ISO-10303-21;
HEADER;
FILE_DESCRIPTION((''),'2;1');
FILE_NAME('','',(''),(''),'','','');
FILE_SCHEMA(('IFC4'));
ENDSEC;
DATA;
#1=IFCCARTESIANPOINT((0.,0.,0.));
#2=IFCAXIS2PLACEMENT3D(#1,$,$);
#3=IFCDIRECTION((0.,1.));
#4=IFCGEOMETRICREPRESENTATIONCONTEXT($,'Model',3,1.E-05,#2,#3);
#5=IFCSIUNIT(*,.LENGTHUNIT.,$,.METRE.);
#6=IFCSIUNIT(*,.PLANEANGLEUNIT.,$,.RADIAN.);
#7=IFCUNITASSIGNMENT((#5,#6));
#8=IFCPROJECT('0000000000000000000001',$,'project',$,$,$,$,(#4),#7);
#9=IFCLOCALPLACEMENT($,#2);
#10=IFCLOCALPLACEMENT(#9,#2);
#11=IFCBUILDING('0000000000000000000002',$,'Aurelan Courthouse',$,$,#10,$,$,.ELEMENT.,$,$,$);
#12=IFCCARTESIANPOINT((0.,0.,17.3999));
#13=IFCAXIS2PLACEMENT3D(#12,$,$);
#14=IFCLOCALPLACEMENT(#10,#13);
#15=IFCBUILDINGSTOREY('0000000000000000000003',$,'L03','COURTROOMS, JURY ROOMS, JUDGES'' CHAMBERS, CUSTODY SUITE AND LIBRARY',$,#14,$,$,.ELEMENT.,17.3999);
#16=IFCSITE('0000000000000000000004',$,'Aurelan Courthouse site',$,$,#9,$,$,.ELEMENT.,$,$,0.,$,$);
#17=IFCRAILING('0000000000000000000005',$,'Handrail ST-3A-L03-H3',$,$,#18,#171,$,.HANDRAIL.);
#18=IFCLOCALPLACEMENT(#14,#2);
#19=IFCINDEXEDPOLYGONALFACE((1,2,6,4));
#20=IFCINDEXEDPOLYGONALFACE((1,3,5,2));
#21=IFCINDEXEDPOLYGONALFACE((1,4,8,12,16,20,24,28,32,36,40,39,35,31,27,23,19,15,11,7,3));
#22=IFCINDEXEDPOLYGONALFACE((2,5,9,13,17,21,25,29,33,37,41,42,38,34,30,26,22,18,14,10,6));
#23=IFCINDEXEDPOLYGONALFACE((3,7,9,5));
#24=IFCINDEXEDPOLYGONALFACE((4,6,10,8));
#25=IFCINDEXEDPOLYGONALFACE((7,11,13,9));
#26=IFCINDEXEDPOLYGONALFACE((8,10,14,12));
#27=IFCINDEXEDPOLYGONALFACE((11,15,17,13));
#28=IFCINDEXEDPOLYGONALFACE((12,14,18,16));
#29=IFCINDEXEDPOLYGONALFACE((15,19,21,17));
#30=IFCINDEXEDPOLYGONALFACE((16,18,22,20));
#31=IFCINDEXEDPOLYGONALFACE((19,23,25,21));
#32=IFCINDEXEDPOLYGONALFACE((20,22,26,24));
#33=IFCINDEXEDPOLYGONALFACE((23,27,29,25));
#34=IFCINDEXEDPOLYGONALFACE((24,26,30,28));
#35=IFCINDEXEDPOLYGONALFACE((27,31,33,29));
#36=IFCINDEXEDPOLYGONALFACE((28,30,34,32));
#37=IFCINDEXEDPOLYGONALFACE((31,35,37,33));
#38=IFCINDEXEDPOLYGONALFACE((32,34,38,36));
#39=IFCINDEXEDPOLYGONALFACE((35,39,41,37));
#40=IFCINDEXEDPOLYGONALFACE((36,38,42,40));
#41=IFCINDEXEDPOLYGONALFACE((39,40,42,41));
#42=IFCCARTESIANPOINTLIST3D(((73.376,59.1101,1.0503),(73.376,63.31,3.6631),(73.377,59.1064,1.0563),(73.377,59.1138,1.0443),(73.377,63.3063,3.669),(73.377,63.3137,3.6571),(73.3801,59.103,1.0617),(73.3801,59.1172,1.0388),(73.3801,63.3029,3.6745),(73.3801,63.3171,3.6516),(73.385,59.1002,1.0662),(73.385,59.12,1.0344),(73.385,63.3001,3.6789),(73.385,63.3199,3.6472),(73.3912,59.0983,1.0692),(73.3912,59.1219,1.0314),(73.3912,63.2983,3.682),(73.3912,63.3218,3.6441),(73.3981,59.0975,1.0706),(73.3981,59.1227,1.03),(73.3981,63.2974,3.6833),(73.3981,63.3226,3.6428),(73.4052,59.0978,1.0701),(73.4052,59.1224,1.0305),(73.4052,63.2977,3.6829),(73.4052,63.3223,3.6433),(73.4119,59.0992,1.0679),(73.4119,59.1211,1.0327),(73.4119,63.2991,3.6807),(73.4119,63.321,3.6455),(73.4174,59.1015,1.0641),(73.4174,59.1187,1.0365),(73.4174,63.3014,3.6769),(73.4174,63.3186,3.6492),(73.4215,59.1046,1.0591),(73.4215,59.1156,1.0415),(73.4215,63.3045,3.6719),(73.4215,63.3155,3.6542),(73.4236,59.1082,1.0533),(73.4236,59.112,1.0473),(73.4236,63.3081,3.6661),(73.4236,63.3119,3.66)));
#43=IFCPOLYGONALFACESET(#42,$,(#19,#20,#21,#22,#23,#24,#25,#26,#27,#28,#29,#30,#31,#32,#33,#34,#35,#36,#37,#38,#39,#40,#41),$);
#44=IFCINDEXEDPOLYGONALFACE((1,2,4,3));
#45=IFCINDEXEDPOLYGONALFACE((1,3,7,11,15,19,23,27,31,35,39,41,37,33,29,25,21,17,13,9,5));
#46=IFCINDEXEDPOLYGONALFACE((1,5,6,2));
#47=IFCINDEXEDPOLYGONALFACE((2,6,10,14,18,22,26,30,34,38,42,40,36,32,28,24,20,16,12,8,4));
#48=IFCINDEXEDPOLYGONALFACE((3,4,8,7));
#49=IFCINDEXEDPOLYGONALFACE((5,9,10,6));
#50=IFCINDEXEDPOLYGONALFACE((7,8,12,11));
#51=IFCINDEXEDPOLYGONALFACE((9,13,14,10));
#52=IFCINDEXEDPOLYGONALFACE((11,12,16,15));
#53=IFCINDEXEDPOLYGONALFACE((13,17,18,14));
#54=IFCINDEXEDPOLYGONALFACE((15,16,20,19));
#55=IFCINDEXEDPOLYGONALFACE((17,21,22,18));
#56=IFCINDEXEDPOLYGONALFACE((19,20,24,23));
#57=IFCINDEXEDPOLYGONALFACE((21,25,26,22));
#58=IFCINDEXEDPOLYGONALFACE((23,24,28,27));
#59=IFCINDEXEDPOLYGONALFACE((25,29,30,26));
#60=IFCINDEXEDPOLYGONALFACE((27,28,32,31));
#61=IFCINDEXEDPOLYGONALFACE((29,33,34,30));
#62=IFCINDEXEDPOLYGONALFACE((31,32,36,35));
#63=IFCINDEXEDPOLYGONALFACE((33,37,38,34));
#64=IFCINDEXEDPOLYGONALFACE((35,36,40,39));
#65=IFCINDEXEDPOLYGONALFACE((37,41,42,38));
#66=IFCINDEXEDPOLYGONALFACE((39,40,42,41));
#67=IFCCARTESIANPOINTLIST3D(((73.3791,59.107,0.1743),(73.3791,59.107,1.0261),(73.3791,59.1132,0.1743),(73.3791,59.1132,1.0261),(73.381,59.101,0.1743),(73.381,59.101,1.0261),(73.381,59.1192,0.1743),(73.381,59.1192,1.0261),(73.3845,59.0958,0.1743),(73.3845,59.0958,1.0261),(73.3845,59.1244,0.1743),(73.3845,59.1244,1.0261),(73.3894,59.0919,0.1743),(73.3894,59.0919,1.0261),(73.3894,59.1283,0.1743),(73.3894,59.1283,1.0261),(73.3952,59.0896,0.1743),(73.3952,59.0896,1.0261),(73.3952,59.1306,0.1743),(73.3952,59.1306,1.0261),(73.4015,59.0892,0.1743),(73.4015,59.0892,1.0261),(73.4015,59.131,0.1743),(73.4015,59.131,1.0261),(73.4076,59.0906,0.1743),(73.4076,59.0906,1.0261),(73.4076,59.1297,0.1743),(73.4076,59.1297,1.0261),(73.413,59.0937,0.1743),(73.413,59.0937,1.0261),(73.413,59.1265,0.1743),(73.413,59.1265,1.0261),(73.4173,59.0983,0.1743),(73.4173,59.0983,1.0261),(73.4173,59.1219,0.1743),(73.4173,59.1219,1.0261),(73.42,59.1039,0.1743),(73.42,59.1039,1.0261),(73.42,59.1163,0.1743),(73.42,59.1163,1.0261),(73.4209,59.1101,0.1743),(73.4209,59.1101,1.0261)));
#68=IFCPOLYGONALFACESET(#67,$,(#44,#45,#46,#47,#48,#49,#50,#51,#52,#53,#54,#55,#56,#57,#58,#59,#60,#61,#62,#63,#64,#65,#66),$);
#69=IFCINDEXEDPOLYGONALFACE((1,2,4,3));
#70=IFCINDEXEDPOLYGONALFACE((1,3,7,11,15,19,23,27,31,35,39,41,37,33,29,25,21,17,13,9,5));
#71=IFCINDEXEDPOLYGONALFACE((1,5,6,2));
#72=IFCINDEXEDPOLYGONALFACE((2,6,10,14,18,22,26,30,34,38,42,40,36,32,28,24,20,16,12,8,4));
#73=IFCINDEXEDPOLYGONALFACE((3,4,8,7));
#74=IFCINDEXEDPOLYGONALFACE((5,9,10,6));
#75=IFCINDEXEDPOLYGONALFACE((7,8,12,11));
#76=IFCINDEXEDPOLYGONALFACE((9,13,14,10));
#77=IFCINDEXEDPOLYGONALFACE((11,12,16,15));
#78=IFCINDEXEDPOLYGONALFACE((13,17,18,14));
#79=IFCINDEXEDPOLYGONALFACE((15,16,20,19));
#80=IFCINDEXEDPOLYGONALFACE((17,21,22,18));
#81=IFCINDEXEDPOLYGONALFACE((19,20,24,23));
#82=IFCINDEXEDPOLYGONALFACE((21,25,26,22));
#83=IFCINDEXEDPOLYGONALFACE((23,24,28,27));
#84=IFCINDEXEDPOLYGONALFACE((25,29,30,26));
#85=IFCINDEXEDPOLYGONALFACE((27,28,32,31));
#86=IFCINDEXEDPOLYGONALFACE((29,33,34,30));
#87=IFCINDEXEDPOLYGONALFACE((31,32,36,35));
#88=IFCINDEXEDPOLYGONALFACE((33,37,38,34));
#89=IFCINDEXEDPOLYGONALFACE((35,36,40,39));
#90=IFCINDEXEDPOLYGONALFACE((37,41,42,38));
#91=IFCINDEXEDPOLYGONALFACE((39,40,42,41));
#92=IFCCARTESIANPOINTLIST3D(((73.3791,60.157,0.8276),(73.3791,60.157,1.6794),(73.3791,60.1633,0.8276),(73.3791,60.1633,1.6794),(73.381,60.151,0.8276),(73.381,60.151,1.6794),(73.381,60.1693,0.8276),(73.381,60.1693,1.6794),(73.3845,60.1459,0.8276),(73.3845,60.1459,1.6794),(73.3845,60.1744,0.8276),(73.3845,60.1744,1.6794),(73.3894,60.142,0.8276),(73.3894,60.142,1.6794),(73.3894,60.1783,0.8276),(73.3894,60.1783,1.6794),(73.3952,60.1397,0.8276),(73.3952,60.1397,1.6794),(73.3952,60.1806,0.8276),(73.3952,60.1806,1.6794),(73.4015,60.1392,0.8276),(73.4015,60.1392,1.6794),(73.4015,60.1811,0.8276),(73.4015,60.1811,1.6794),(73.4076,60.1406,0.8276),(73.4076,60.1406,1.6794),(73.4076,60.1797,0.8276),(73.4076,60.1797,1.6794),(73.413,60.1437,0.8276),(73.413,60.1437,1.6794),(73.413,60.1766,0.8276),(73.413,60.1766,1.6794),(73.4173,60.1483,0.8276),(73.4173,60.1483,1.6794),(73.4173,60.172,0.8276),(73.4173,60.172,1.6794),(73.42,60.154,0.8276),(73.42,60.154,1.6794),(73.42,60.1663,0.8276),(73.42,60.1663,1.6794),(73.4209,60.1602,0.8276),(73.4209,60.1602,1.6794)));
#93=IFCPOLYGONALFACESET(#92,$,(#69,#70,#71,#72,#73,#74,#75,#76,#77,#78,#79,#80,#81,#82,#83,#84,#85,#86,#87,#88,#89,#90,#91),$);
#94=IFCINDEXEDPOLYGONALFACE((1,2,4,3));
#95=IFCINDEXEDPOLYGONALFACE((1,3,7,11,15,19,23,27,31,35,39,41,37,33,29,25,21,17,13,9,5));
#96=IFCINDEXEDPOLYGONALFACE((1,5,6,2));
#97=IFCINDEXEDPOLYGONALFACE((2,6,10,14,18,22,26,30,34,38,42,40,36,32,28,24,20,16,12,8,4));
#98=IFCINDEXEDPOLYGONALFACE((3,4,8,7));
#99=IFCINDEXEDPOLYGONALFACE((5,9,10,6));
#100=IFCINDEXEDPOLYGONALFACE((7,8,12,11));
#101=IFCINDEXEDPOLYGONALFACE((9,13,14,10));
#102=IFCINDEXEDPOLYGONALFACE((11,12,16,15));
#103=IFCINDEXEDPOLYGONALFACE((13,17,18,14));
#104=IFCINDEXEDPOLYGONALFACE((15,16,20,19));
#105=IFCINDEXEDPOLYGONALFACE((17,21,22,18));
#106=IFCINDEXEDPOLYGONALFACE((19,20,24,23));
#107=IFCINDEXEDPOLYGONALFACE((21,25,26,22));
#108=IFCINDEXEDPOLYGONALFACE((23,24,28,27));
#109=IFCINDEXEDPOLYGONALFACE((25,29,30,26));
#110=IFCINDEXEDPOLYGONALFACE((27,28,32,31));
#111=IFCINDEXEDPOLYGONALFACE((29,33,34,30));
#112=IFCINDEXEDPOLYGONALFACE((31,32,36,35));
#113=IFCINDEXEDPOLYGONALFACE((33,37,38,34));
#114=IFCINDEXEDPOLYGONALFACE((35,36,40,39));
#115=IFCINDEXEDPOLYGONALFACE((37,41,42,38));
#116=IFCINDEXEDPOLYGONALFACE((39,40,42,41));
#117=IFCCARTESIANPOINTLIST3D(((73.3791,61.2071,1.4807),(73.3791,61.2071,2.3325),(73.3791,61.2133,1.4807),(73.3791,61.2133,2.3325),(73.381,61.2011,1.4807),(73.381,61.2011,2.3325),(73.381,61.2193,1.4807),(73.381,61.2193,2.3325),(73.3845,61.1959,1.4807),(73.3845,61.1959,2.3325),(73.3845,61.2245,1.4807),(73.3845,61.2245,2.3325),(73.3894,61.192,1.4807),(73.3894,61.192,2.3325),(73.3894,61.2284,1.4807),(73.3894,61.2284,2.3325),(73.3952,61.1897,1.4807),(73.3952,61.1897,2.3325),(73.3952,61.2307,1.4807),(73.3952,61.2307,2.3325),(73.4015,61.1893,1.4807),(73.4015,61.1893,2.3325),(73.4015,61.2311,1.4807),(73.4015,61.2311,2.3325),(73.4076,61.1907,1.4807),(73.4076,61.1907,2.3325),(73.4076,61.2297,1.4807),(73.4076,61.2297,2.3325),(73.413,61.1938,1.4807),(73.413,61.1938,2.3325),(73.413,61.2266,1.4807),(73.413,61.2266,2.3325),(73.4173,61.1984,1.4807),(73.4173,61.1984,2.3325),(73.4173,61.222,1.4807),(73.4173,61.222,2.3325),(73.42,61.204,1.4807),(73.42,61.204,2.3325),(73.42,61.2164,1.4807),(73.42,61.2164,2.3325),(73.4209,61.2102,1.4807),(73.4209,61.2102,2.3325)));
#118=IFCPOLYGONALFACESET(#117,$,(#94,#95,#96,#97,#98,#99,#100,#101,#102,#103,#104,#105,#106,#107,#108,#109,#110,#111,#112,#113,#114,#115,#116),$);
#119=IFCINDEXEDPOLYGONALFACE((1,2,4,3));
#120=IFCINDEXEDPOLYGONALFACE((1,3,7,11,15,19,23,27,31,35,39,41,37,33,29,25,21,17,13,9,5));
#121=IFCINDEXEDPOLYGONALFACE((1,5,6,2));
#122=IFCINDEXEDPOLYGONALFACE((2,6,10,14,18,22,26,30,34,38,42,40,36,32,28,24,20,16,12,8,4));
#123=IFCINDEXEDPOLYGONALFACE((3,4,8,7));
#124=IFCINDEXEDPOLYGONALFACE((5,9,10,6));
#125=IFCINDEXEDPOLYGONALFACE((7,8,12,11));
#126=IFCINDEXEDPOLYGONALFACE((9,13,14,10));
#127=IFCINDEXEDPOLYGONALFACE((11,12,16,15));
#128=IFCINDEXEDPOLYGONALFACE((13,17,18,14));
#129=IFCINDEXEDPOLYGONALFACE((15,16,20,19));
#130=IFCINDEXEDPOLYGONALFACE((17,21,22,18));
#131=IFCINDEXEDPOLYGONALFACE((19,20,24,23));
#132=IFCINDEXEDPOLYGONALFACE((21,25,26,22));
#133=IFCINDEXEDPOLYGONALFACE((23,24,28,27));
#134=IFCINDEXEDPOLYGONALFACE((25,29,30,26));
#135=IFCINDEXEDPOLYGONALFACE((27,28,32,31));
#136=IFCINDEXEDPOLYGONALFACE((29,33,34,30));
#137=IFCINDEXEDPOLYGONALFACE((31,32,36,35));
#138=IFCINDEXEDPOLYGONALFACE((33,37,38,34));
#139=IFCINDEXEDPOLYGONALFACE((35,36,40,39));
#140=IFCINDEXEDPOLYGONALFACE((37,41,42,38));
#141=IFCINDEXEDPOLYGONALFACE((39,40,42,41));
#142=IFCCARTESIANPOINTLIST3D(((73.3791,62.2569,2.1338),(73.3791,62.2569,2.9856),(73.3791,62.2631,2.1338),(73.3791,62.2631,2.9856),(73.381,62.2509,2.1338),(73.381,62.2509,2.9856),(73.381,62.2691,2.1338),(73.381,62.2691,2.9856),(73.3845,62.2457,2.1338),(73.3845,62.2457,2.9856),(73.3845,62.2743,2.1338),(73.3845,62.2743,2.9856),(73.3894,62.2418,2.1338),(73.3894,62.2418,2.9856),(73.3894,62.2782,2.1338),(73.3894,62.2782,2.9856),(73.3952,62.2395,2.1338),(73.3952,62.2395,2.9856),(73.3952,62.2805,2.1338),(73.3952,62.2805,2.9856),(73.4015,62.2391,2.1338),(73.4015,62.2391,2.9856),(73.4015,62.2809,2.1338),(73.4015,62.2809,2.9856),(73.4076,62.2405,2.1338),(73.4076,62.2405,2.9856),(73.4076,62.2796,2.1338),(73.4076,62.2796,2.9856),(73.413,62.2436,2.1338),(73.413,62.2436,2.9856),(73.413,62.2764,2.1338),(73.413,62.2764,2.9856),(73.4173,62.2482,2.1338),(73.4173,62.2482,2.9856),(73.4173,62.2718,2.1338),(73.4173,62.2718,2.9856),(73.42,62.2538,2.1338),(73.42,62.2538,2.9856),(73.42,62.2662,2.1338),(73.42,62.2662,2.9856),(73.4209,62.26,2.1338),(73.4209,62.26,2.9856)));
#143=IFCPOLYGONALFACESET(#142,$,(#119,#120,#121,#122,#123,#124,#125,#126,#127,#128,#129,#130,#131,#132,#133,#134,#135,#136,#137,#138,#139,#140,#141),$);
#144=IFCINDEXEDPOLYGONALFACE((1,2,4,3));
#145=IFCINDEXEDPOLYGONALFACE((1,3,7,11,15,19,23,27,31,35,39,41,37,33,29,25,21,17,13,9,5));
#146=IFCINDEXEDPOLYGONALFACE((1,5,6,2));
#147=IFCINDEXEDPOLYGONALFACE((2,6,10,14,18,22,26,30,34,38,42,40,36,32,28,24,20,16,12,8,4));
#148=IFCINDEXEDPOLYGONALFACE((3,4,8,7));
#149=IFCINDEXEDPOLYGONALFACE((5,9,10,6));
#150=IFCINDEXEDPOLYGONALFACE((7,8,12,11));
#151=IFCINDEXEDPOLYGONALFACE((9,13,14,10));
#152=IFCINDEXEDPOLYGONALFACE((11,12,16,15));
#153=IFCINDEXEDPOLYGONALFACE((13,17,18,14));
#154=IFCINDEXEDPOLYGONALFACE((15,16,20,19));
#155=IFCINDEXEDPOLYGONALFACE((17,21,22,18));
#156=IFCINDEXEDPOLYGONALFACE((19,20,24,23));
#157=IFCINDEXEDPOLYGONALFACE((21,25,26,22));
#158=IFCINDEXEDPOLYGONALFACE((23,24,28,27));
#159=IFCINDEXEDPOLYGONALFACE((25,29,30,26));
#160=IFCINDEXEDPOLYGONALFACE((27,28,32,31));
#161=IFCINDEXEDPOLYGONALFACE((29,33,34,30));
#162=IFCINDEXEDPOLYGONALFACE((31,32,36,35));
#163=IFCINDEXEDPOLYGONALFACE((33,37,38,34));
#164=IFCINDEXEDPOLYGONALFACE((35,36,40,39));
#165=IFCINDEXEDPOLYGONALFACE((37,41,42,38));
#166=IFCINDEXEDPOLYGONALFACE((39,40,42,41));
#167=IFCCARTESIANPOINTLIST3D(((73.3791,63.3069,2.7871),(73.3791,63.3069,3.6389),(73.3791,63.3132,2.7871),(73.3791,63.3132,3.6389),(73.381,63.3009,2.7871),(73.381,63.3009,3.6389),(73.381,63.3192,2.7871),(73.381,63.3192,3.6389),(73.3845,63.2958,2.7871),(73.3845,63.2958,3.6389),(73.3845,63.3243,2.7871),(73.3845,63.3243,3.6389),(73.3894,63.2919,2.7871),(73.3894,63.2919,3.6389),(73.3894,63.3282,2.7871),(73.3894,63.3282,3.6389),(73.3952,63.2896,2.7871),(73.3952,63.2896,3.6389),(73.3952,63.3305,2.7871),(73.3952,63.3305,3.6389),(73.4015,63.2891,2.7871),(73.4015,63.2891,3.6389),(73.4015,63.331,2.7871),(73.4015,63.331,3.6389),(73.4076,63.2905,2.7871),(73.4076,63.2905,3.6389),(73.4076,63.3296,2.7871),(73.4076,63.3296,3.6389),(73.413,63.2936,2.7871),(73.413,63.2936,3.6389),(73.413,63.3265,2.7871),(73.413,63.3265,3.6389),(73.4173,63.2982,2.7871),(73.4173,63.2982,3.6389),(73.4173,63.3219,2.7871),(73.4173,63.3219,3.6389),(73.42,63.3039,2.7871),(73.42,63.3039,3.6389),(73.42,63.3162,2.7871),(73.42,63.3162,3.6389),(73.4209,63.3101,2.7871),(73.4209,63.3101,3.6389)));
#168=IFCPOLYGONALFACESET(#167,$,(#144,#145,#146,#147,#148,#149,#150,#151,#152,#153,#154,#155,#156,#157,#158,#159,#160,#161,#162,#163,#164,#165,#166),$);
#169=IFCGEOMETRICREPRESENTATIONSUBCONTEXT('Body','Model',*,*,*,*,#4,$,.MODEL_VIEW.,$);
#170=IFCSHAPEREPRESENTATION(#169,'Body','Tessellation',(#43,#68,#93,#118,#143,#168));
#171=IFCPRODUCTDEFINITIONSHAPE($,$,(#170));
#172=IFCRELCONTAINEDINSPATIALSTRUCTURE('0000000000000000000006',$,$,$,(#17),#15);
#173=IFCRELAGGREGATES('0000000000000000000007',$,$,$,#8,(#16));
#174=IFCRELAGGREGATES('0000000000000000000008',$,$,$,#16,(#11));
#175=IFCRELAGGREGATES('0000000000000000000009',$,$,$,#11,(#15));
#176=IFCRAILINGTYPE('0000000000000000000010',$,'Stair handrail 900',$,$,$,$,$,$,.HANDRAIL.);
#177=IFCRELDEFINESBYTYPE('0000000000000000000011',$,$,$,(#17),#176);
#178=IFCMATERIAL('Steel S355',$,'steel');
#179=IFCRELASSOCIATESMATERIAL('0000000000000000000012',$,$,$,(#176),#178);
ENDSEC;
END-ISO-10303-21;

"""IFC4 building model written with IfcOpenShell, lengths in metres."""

from ifc_helpers import new_model, si_unit, direction, frame, origin, origin_2d, place, context, subcontext, project, spatial, circle, extrude, material, type_object, element, save


model = new_model("IFC4")

# Units and contexts
model_context = context("Model", 3, precision=1e-05, world=origin(), true_north=direction((0.0, 1.0)))
body_context = subcontext(model_context, "Body", "Model", "MODEL_VIEW")
ifc_project = project(units=[si_unit("LENGTHUNIT", "METRE"), si_unit("PLANEANGLEUNIT", "RADIAN")], contexts=[model_context])

# Site, building, storey
site_placement = place(None, origin())
site = spatial("IfcSite", under=ifc_project, at=site_placement, Name="Aurelan Courthouse site", CompositionType="ELEMENT", RefElevation=0.0)
building_placement = place(site_placement, origin())
building = spatial("IfcBuilding", under=site, at=building_placement, Name="Aurelan Courthouse", CompositionType="ELEMENT")
storey_placement = place(building_placement, frame((0.0, 0.0, 17.3999)))
storey = spatial("IfcBuildingStorey", under=building, at=storey_placement, Name="L03", Description="COURTROOMS, JURY ROOMS, JUDGES' CHAMBERS, CUSTODY SUITE AND LIBRARY", CompositionType="ELEMENT", Elevation=17.3999)

# Railing
ifc_material_1 = material(Name="Steel S355", Category="steel")
railing_type_1 = type_object("IfcRailingType", Name="Stair handrail 900", PredefinedType="HANDRAIL", material=ifc_material_1)
for number, where, name in (
    (1, (73.3999, 59.1101, 0.1743), "Handrail ST-3A-L03-H3"),
):
    element("IfcRailing", number, at=place(storey_placement, frame(where)), inside=storey, type_object=railing_type_1, Name=name, PredefinedType="HANDRAIL", context=body_context, shape_type="SweptSolid", body=[
        extrude(circle(Radius=0.0239, at=origin_2d()), frame((0.0, 0.0, 0.876), z_axis=(0.0, 0.849103, 0.528228), x_axis=(-1.0, 0.0, 0.0)), (0.0, 0.0, 1.0), 4.9463),
        extrude(circle(Radius=0.021, at=origin_2d()), origin(), (0.0, 0.0, 1.0), 0.8518),
        extrude(circle(Radius=0.021, at=origin_2d()), frame((0.0, 1.05, 0.6533)), (0.0, 0.0, 1.0), 0.8518),
        extrude(circle(Radius=0.021, at=origin_2d()), frame((0.0, 2.1001, 1.3064)), (0.0, 0.0, 1.0), 0.8518),
        extrude(circle(Radius=0.021, at=origin_2d()), frame((0.0, 3.1499, 1.9595)), (0.0, 0.0, 1.0), 0.8518),
        extrude(circle(Radius=0.021, at=origin_2d()), frame((0.0, 4.2, 2.6128)), (0.0, 0.0, 1.0), 0.8518),
    ])

save(model, "model.ifc")
